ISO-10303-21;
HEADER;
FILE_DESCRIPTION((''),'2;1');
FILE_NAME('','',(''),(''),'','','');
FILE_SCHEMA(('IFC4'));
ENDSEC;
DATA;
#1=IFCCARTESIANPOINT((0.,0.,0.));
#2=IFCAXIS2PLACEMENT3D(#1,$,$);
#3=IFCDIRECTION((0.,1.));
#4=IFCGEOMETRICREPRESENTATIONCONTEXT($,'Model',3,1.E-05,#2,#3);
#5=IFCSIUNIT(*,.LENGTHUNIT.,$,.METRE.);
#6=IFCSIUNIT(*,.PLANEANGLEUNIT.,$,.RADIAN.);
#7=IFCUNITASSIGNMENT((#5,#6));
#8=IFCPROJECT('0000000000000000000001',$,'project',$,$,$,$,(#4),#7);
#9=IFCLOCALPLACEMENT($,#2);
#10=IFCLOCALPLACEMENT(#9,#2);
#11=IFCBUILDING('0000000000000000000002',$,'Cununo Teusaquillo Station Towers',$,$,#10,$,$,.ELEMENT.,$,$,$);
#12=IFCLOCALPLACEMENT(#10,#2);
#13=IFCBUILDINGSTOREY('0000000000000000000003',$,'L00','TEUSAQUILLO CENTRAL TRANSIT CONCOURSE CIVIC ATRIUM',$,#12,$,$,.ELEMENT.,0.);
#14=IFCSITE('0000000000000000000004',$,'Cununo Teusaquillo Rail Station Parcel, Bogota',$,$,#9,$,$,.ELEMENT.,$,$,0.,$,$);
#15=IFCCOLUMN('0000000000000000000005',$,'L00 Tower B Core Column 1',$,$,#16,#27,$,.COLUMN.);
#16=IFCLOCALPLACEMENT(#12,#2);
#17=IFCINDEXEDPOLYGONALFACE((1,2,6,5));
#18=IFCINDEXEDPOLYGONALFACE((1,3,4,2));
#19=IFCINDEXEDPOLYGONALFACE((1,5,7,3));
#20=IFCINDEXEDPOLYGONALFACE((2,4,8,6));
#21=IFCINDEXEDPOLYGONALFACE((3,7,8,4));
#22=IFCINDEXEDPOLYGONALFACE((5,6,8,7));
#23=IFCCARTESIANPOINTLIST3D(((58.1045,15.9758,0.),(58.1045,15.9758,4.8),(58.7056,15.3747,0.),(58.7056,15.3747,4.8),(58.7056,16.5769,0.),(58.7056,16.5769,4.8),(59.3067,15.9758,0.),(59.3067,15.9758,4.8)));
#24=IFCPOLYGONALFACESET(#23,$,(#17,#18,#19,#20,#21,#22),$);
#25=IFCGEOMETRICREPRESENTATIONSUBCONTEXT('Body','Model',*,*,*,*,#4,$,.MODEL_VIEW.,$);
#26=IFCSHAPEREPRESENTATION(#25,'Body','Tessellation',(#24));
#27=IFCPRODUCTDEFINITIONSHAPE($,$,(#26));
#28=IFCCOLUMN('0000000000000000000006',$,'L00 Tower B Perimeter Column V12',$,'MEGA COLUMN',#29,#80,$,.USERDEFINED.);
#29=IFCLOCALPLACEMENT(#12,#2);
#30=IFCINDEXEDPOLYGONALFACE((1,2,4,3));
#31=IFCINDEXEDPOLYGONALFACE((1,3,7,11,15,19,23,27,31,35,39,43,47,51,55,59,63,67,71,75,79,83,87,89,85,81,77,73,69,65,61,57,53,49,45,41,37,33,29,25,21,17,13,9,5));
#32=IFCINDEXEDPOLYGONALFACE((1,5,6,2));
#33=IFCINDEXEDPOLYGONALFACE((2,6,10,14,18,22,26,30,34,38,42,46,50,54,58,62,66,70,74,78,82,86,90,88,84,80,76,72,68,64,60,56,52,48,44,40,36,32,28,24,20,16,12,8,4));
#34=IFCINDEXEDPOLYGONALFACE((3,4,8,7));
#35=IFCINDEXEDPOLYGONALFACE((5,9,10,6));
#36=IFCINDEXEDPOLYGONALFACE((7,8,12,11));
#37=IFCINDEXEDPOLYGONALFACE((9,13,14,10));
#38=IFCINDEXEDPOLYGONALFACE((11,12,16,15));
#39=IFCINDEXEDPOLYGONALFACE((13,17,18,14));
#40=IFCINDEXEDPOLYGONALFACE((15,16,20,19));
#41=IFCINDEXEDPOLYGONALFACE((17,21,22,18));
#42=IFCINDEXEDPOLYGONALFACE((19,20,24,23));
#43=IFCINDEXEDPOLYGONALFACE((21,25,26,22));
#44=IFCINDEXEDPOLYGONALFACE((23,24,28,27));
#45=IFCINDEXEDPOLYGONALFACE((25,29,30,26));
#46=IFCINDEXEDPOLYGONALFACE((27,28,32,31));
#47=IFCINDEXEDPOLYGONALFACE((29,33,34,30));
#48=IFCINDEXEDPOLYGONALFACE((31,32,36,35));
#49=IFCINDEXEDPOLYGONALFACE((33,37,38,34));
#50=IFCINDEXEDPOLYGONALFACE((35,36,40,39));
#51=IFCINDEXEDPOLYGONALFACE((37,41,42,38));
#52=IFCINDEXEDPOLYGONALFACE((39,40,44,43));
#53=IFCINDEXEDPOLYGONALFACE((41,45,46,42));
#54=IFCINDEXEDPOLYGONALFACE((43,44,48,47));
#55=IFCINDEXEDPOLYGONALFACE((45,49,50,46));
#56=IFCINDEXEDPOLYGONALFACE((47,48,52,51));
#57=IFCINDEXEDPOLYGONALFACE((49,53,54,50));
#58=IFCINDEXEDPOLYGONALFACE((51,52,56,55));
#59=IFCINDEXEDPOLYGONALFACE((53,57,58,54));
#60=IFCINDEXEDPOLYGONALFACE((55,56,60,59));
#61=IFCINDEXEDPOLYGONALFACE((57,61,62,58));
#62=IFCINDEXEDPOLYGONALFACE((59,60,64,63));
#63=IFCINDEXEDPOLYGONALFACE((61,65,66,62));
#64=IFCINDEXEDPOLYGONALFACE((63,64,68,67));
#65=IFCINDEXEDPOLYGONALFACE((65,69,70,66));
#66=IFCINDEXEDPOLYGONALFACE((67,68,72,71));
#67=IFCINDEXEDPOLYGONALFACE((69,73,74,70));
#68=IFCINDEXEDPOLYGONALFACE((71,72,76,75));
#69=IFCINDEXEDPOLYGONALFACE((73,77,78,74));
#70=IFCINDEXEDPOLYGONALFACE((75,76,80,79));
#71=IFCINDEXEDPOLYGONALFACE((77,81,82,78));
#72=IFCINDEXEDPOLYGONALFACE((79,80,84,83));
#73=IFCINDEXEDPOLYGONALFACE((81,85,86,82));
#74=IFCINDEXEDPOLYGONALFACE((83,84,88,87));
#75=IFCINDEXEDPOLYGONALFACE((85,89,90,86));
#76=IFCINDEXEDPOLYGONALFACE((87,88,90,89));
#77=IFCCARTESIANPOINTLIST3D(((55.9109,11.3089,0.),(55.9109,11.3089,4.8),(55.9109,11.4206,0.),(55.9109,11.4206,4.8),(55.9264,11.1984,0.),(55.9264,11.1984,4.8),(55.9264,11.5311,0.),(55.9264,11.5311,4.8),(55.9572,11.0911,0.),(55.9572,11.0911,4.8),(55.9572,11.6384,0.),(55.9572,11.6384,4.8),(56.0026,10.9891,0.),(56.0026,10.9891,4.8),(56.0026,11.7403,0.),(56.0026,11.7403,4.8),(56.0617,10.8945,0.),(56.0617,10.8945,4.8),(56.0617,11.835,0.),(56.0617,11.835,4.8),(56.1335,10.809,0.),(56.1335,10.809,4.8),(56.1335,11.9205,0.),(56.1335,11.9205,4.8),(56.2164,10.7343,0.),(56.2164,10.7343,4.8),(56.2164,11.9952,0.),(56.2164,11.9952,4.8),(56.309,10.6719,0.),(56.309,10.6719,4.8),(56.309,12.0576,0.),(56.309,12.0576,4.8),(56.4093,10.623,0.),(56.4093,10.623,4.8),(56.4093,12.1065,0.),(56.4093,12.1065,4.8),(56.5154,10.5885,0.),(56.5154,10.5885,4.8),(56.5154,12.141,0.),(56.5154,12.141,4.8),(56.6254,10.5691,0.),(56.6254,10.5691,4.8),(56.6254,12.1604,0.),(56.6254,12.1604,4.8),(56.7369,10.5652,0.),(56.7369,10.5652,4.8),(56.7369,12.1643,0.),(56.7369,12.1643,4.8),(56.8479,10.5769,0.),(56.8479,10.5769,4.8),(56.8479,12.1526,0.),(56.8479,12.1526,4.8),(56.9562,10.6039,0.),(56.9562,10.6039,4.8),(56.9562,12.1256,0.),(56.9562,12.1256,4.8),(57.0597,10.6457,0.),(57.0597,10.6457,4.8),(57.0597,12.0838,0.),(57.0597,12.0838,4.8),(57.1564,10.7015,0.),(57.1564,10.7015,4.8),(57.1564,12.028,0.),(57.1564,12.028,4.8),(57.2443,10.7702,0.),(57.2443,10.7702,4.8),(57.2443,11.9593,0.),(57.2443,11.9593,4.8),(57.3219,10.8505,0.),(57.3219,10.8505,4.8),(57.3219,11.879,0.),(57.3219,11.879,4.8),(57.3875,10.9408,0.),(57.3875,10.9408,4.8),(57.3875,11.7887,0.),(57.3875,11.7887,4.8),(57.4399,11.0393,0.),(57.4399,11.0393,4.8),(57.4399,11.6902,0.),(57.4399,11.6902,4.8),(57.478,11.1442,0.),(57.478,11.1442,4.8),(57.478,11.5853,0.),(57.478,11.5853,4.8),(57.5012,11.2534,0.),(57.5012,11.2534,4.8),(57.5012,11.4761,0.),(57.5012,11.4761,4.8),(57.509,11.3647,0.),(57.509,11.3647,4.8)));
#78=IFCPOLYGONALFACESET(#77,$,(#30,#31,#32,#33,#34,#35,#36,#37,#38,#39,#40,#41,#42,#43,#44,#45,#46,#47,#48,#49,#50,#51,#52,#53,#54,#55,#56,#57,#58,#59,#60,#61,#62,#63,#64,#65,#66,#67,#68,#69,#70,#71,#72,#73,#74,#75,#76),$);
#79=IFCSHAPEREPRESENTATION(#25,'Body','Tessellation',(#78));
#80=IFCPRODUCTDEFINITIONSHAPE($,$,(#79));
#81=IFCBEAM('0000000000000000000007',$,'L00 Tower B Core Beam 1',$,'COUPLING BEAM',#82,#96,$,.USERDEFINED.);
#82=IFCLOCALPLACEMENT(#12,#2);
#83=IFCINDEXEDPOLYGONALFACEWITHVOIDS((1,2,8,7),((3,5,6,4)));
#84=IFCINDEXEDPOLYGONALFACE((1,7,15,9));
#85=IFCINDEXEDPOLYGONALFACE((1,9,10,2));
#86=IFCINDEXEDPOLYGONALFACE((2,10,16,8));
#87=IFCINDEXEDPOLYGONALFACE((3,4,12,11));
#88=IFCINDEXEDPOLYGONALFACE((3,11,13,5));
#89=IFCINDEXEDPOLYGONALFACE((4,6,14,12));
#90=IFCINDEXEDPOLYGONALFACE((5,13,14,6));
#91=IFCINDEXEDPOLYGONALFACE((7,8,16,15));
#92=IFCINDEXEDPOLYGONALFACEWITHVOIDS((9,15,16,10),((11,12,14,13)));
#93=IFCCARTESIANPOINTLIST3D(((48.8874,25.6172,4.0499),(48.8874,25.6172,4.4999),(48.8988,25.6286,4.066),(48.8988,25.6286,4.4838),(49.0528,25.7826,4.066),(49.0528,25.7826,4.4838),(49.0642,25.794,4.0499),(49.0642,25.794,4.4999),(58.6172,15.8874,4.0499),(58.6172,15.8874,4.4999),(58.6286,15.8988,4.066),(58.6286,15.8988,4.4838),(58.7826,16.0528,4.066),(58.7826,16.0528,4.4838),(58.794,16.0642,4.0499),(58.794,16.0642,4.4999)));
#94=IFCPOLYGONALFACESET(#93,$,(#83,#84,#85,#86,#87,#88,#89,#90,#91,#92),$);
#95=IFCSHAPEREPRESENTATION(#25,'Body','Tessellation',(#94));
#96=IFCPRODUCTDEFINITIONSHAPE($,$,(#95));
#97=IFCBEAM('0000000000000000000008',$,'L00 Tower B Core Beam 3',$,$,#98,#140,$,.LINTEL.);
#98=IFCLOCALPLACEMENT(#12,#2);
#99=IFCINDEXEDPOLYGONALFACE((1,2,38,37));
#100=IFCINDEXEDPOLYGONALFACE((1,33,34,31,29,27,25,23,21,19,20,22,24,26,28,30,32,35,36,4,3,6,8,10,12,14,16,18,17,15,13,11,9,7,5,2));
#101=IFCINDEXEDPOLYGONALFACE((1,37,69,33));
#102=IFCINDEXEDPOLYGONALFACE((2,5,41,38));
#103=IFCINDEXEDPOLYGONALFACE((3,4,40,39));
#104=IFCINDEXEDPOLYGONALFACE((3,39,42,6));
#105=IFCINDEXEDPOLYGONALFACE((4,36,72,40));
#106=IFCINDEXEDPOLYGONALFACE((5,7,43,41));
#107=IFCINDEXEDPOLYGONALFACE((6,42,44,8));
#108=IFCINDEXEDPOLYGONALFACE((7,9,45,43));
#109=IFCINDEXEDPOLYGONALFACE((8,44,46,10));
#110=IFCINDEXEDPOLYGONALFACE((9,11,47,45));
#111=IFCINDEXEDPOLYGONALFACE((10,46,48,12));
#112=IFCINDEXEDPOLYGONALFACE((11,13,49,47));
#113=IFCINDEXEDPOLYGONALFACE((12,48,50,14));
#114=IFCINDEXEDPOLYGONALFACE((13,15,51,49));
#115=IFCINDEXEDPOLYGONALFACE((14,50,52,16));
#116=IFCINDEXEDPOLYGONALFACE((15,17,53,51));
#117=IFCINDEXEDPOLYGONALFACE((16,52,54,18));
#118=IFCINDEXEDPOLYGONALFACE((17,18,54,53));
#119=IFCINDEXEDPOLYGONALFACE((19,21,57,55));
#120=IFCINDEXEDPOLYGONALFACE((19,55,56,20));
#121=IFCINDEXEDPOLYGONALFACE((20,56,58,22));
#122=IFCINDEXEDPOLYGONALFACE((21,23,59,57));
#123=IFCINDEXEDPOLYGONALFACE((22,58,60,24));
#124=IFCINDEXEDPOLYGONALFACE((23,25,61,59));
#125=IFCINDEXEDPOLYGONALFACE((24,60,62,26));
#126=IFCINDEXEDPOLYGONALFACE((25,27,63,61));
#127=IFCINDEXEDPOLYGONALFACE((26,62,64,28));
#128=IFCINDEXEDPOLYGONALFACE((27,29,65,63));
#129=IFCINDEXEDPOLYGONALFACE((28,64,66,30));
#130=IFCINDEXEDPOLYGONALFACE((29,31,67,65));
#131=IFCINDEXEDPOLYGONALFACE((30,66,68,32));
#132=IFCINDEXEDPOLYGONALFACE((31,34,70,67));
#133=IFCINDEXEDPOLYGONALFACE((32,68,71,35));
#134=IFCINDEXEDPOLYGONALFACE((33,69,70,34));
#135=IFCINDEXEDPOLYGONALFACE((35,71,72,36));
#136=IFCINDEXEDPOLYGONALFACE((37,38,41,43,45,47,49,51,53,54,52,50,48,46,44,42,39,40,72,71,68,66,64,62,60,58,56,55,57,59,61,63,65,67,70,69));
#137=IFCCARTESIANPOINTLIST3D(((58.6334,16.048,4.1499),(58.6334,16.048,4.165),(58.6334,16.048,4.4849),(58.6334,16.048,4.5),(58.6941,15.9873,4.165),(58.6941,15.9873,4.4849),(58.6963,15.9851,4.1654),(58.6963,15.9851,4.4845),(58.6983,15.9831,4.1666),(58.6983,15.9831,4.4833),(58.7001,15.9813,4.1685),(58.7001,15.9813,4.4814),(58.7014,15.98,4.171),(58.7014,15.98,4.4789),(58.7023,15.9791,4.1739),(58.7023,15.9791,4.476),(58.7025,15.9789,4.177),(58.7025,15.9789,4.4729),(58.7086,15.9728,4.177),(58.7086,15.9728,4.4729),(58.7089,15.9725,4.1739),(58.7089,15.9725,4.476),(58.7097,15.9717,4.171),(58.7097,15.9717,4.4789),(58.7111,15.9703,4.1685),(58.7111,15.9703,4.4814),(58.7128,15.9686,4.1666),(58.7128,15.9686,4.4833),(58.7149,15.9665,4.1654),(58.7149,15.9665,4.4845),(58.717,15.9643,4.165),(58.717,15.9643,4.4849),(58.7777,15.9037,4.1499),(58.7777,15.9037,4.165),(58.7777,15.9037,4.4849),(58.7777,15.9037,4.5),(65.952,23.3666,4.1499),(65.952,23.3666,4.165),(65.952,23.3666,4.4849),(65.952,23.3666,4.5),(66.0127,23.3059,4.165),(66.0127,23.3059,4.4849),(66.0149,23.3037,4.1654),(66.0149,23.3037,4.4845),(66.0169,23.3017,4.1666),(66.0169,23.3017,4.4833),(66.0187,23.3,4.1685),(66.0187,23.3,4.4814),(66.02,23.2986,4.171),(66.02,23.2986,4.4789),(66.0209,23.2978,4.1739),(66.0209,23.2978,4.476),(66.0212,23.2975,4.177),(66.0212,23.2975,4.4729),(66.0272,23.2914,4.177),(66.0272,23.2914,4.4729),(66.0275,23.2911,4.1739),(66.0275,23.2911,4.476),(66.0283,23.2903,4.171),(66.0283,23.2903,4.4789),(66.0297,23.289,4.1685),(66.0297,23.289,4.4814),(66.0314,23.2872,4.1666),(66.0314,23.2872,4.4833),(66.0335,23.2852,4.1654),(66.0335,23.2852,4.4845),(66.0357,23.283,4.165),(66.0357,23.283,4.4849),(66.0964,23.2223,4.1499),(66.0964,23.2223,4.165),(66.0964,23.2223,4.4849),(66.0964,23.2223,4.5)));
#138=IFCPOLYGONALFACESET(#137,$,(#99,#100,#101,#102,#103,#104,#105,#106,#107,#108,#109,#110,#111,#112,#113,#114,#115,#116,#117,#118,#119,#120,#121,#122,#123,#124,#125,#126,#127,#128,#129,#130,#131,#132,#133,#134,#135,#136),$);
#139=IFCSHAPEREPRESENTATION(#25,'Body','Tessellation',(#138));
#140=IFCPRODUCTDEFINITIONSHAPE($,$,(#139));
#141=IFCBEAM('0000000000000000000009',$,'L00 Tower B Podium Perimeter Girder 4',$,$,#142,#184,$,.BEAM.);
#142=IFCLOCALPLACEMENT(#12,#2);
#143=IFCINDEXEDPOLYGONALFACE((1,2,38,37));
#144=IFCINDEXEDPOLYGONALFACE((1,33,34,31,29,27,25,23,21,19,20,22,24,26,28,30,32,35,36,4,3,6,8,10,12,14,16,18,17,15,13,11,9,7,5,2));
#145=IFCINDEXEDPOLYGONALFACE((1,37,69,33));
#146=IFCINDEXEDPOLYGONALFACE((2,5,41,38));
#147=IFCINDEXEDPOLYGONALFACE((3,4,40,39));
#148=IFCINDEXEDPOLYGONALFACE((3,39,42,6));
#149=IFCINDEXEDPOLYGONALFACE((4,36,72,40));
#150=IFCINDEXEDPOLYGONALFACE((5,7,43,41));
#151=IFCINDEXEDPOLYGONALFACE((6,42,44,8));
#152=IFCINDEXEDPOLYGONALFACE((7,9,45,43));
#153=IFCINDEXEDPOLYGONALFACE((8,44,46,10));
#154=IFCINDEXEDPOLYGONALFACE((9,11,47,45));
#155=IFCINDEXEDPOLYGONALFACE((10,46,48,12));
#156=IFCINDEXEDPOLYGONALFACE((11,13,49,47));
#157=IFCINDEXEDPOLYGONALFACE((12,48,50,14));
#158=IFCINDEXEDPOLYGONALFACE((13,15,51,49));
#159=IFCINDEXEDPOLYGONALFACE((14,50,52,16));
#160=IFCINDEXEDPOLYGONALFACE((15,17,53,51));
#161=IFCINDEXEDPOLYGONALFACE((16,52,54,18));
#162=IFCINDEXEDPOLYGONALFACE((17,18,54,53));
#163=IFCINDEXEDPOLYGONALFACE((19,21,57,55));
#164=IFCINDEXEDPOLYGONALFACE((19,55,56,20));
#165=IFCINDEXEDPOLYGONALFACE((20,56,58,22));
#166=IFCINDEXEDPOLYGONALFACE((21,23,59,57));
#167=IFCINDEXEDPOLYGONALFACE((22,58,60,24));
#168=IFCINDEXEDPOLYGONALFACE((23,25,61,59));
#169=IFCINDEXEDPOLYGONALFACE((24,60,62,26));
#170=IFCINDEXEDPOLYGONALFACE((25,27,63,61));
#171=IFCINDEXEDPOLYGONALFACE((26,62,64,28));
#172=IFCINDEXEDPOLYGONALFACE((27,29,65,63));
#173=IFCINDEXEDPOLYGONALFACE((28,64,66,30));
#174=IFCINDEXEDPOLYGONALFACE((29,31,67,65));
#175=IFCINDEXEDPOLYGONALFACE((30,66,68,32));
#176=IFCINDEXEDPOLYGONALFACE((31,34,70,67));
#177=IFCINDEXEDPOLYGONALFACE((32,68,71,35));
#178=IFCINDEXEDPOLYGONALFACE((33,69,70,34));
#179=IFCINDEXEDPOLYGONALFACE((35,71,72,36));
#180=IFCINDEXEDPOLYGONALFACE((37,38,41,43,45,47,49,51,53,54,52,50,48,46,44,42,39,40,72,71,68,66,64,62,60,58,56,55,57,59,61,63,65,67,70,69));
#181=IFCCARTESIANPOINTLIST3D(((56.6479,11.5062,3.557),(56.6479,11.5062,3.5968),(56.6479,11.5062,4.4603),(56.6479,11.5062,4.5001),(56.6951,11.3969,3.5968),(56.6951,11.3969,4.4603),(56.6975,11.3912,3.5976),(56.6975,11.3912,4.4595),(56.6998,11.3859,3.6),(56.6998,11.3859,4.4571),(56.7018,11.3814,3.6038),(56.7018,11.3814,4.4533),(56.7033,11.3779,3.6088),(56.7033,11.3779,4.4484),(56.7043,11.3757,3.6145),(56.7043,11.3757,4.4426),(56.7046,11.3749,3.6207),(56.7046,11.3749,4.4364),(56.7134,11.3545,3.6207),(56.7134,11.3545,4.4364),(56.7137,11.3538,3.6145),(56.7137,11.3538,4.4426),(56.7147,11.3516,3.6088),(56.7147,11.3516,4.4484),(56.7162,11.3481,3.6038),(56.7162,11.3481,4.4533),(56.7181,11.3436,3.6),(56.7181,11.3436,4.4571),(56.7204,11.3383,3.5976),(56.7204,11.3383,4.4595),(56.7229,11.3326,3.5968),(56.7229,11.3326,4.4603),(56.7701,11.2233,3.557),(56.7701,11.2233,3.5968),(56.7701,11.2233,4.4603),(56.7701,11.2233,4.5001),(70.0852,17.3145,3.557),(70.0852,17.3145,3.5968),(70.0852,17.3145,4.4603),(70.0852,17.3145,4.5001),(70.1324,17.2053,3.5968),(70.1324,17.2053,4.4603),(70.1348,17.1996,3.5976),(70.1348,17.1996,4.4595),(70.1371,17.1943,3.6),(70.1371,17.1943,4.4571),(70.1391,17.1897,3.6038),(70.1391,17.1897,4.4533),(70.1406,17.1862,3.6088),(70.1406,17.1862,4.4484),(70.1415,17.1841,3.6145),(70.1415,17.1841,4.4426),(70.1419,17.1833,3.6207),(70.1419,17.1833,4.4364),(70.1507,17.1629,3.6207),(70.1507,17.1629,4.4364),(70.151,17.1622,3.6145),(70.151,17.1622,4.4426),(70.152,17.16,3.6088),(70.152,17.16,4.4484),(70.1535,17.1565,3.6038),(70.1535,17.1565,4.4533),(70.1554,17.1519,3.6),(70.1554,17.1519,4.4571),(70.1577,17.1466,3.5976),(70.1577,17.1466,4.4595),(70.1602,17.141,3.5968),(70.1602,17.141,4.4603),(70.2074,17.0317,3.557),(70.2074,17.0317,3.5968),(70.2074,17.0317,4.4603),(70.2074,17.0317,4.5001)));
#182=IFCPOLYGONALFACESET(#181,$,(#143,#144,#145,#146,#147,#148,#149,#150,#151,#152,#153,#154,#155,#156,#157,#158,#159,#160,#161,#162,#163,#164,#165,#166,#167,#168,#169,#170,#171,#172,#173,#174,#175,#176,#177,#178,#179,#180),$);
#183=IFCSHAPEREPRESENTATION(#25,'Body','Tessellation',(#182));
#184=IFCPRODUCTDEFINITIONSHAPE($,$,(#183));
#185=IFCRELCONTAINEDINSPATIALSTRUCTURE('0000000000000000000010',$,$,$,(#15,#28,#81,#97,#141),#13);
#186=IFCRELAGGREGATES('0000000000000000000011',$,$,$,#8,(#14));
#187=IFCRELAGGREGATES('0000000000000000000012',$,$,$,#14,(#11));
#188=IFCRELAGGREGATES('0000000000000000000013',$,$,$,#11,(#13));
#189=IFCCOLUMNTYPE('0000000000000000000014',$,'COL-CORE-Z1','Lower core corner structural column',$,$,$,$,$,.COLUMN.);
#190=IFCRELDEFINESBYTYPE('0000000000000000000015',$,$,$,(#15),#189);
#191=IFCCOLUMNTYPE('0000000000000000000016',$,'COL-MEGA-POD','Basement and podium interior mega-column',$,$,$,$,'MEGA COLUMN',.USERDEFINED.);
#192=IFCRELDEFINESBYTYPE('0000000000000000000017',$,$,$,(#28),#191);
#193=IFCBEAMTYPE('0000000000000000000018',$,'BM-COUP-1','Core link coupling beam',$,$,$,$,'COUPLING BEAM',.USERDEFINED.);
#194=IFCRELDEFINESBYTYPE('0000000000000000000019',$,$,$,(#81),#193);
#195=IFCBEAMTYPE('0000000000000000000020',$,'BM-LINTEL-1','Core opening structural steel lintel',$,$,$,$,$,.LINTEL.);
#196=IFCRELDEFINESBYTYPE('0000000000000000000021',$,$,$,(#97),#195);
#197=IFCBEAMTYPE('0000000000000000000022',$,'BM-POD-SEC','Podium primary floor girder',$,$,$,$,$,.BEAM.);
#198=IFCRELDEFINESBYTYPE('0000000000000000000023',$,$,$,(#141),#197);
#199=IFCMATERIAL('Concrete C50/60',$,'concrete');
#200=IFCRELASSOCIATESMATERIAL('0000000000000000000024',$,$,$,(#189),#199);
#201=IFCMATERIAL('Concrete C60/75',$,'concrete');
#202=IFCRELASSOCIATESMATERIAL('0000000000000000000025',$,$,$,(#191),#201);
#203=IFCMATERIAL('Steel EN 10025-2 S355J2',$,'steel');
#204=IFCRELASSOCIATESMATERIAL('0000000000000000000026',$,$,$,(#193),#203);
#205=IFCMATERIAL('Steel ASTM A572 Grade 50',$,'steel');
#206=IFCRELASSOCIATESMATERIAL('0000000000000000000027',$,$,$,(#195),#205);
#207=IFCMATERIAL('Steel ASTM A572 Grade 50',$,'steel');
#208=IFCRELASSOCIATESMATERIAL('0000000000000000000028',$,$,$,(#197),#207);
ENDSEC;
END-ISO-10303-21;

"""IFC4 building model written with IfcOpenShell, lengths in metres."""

from ifc_helpers import new_model, si_unit, direction, frame, origin, origin_2d, place, context, subcontext, project, spatial, rectangle, hollow_rectangle, circle, i_section, extrude, material, material_profile, profile_set, type_object, element, save


model = new_model("IFC4")

# Units and contexts
model_context = context("Model", 3, precision=1e-05, world=origin(), true_north=direction((0.0, 1.0)))
body_context = subcontext(model_context, "Body", "Model", "MODEL_VIEW")
ifc_project = project(units=[si_unit("LENGTHUNIT", "METRE"), si_unit("PLANEANGLEUNIT", "RADIAN")], contexts=[model_context])

# Site, building, storey
site_placement = place(None, origin())
site = spatial("IfcSite", under=ifc_project, at=site_placement, Name="Cununo Teusaquillo Rail Station Parcel, Bogota", CompositionType="ELEMENT", RefElevation=0.0)
building_placement = place(site_placement, origin())
building = spatial("IfcBuilding", under=site, at=building_placement, Name="Cununo Teusaquillo Station Towers", CompositionType="ELEMENT")
storey_placement = place(building_placement, origin())
storey = spatial("IfcBuildingStorey", under=building, at=storey_placement, Name="L00", Description="TEUSAQUILLO CENTRAL TRANSIT CONCOURSE CIVIC ATRIUM", CompositionType="ELEMENT", Elevation=0.0)

# Columns
ifc_material_1 = material(Name="Concrete C50/60", Category="concrete")
ifc_material_profile_1 = material_profile(ifc_material_1, rectangle(XDim=0.8501, YDim=0.8501, at=origin_2d()), Name="RC-RECT-850x850")
ifc_profile_set_1 = profile_set([ifc_material_profile_1], Name="Concrete C50/60")
column_type_1 = type_object("IfcColumnType", Name="COL-CORE-Z1", Description="Lower core corner structural column", PredefinedType="COLUMN", material=ifc_profile_set_1)
column_1_placement = place(storey_placement, frame((58.7056, 15.9758, 0.0), z_axis=(0.0, 0.0, 1.0), x_axis=(0.707107, 0.707107, 0.0)))
element("IfcColumn", 1, at=column_1_placement, inside=storey, type_object=column_type_1, Name="L00 Tower B Core Column 1", PredefinedType="COLUMN", context=body_context, shape_type="SweptSolid", body=[
    extrude(rectangle(XDim=0.8501, YDim=0.8501, at=origin_2d()), origin(), (0.0, 0.0, 1.0), 4.8),
])
ifc_material_2 = material(Name="Concrete C60/75", Category="concrete")
ifc_material_profile_2 = material_profile(ifc_material_2, circle(Radius=0.8, at=origin_2d()), Name="RC-CIRC-1600")
ifc_profile_set_2 = profile_set([ifc_material_profile_2], Name="Concrete C60/75")
column_type_2 = type_object("IfcColumnType", Name="COL-MEGA-POD", Description="Basement and podium interior mega-column", ElementType="MEGA COLUMN", PredefinedType="USERDEFINED", material=ifc_profile_set_2)
column_2_placement = place(storey_placement, frame((56.709, 11.3647, 0.0), z_axis=(0.0, 0.0, 1.0), x_axis=(1.0, 0.0, 0.0)))
element("IfcColumn", 2, at=column_2_placement, inside=storey, type_object=column_type_2, Name="L00 Tower B Perimeter Column V12", ObjectType="MEGA COLUMN", PredefinedType="USERDEFINED", context=body_context, shape_type="SweptSolid", body=[
    extrude(circle(Radius=0.8, at=origin_2d()), origin(), (0.0, 0.0, 1.0), 4.8),
])

# Beams
ifc_material_3 = material(Name="Steel EN 10025-2 S355J2", Category="steel")
ifc_material_profile_3 = material_profile(ifc_material_3, hollow_rectangle(XDim=0.25, YDim=0.45, WallThickness=0.0161, at=origin_2d()), Name="RHS 450x250x16")
ifc_profile_set_3 = profile_set([ifc_material_profile_3], Name="Steel EN 10025-2 S355J2")
beam_type_1 = type_object("IfcBeamType", Name="BM-COUP-1", Description="Core link coupling beam", ElementType="COUPLING BEAM", PredefinedType="USERDEFINED", material=ifc_profile_set_3)
beam_1_placement = place(storey_placement, frame((58.7056, 15.9758, 4.2749), z_axis=(-0.707107, 0.707107, 0.0), x_axis=(-0.707107, -0.707107, 0.0)))
element("IfcBeam", 3, at=beam_1_placement, inside=storey, type_object=beam_type_1, Name="L00 Tower B Core Beam 1", ObjectType="COUPLING BEAM", PredefinedType="USERDEFINED", context=body_context, shape_type="SweptSolid", body=[
    extrude(hollow_rectangle(XDim=0.25, YDim=0.45, WallThickness=0.0161, at=origin_2d()), origin(), (0.0, 0.0, 1.0), 13.76),
])
ifc_material_4 = material(Name="Steel ASTM A572 Grade 50", Category="steel")
ifc_material_profile_4 = material_profile(ifc_material_4, i_section(OverallWidth=0.2041, OverallDepth=0.3501, WebThickness=0.0085, FlangeThickness=0.0151, FilletRadius=0.012, at=origin_2d()), Name="W14X48")
ifc_profile_set_4 = profile_set([ifc_material_profile_4], Name="Steel ASTM A572 Grade 50")
beam_type_2 = type_object("IfcBeamType", Name="BM-LINTEL-1", Description="Core opening structural steel lintel", PredefinedType="LINTEL", material=ifc_profile_set_4)
beam_2_placement = place(storey_placement, frame((58.7056, 15.9758, 4.325), z_axis=(0.707107, 0.707107, 0.0), x_axis=(-0.707107, 0.707107, 0.0)))
element("IfcBeam", 4, at=beam_2_placement, inside=storey, type_object=beam_type_2, Name="L00 Tower B Core Beam 3", PredefinedType="LINTEL", context=body_context, shape_type="SweptSolid", body=[
    extrude(i_section(OverallWidth=0.2041, OverallDepth=0.3501, WebThickness=0.0085, FlangeThickness=0.0151, FilletRadius=0.012, at=origin_2d()), origin(), (0.0, 0.0, 1.0), 10.3501),
])
ifc_material_5 = material(Name="Steel ASTM A572 Grade 50", Category="steel")
ifc_material_profile_5 = material_profile(ifc_material_5, i_section(OverallWidth=0.3081, OverallDepth=0.9431, WebThickness=0.0222, FlangeThickness=0.0398, FilletRadius=0.0239, at=origin_2d()), Name="W36X232")
ifc_profile_set_5 = profile_set([ifc_material_profile_5], Name="Steel ASTM A572 Grade 50")
beam_type_3 = type_object("IfcBeamType", Name="BM-POD-SEC", Description="Podium primary floor girder", PredefinedType="BEAM", material=ifc_profile_set_5)
beam_3_placement = place(storey_placement, frame((56.709, 11.3647, 4.0286), z_axis=(0.917916, 0.396776, 0.0), x_axis=(-0.396776, 0.917916, 0.0)))
element("IfcBeam", 5, at=beam_3_placement, inside=storey, type_object=beam_type_3, Name="L00 Tower B Podium Perimeter Girder 4", PredefinedType="BEAM", context=body_context, shape_type="SweptSolid", body=[
    extrude(i_section(OverallWidth=0.3081, OverallDepth=0.9431, WebThickness=0.0222, FlangeThickness=0.0398, FilletRadius=0.0239, at=origin_2d()), origin(), (0.0, 0.0, 1.0), 14.6389),
])

save(model, "model.ifc")
